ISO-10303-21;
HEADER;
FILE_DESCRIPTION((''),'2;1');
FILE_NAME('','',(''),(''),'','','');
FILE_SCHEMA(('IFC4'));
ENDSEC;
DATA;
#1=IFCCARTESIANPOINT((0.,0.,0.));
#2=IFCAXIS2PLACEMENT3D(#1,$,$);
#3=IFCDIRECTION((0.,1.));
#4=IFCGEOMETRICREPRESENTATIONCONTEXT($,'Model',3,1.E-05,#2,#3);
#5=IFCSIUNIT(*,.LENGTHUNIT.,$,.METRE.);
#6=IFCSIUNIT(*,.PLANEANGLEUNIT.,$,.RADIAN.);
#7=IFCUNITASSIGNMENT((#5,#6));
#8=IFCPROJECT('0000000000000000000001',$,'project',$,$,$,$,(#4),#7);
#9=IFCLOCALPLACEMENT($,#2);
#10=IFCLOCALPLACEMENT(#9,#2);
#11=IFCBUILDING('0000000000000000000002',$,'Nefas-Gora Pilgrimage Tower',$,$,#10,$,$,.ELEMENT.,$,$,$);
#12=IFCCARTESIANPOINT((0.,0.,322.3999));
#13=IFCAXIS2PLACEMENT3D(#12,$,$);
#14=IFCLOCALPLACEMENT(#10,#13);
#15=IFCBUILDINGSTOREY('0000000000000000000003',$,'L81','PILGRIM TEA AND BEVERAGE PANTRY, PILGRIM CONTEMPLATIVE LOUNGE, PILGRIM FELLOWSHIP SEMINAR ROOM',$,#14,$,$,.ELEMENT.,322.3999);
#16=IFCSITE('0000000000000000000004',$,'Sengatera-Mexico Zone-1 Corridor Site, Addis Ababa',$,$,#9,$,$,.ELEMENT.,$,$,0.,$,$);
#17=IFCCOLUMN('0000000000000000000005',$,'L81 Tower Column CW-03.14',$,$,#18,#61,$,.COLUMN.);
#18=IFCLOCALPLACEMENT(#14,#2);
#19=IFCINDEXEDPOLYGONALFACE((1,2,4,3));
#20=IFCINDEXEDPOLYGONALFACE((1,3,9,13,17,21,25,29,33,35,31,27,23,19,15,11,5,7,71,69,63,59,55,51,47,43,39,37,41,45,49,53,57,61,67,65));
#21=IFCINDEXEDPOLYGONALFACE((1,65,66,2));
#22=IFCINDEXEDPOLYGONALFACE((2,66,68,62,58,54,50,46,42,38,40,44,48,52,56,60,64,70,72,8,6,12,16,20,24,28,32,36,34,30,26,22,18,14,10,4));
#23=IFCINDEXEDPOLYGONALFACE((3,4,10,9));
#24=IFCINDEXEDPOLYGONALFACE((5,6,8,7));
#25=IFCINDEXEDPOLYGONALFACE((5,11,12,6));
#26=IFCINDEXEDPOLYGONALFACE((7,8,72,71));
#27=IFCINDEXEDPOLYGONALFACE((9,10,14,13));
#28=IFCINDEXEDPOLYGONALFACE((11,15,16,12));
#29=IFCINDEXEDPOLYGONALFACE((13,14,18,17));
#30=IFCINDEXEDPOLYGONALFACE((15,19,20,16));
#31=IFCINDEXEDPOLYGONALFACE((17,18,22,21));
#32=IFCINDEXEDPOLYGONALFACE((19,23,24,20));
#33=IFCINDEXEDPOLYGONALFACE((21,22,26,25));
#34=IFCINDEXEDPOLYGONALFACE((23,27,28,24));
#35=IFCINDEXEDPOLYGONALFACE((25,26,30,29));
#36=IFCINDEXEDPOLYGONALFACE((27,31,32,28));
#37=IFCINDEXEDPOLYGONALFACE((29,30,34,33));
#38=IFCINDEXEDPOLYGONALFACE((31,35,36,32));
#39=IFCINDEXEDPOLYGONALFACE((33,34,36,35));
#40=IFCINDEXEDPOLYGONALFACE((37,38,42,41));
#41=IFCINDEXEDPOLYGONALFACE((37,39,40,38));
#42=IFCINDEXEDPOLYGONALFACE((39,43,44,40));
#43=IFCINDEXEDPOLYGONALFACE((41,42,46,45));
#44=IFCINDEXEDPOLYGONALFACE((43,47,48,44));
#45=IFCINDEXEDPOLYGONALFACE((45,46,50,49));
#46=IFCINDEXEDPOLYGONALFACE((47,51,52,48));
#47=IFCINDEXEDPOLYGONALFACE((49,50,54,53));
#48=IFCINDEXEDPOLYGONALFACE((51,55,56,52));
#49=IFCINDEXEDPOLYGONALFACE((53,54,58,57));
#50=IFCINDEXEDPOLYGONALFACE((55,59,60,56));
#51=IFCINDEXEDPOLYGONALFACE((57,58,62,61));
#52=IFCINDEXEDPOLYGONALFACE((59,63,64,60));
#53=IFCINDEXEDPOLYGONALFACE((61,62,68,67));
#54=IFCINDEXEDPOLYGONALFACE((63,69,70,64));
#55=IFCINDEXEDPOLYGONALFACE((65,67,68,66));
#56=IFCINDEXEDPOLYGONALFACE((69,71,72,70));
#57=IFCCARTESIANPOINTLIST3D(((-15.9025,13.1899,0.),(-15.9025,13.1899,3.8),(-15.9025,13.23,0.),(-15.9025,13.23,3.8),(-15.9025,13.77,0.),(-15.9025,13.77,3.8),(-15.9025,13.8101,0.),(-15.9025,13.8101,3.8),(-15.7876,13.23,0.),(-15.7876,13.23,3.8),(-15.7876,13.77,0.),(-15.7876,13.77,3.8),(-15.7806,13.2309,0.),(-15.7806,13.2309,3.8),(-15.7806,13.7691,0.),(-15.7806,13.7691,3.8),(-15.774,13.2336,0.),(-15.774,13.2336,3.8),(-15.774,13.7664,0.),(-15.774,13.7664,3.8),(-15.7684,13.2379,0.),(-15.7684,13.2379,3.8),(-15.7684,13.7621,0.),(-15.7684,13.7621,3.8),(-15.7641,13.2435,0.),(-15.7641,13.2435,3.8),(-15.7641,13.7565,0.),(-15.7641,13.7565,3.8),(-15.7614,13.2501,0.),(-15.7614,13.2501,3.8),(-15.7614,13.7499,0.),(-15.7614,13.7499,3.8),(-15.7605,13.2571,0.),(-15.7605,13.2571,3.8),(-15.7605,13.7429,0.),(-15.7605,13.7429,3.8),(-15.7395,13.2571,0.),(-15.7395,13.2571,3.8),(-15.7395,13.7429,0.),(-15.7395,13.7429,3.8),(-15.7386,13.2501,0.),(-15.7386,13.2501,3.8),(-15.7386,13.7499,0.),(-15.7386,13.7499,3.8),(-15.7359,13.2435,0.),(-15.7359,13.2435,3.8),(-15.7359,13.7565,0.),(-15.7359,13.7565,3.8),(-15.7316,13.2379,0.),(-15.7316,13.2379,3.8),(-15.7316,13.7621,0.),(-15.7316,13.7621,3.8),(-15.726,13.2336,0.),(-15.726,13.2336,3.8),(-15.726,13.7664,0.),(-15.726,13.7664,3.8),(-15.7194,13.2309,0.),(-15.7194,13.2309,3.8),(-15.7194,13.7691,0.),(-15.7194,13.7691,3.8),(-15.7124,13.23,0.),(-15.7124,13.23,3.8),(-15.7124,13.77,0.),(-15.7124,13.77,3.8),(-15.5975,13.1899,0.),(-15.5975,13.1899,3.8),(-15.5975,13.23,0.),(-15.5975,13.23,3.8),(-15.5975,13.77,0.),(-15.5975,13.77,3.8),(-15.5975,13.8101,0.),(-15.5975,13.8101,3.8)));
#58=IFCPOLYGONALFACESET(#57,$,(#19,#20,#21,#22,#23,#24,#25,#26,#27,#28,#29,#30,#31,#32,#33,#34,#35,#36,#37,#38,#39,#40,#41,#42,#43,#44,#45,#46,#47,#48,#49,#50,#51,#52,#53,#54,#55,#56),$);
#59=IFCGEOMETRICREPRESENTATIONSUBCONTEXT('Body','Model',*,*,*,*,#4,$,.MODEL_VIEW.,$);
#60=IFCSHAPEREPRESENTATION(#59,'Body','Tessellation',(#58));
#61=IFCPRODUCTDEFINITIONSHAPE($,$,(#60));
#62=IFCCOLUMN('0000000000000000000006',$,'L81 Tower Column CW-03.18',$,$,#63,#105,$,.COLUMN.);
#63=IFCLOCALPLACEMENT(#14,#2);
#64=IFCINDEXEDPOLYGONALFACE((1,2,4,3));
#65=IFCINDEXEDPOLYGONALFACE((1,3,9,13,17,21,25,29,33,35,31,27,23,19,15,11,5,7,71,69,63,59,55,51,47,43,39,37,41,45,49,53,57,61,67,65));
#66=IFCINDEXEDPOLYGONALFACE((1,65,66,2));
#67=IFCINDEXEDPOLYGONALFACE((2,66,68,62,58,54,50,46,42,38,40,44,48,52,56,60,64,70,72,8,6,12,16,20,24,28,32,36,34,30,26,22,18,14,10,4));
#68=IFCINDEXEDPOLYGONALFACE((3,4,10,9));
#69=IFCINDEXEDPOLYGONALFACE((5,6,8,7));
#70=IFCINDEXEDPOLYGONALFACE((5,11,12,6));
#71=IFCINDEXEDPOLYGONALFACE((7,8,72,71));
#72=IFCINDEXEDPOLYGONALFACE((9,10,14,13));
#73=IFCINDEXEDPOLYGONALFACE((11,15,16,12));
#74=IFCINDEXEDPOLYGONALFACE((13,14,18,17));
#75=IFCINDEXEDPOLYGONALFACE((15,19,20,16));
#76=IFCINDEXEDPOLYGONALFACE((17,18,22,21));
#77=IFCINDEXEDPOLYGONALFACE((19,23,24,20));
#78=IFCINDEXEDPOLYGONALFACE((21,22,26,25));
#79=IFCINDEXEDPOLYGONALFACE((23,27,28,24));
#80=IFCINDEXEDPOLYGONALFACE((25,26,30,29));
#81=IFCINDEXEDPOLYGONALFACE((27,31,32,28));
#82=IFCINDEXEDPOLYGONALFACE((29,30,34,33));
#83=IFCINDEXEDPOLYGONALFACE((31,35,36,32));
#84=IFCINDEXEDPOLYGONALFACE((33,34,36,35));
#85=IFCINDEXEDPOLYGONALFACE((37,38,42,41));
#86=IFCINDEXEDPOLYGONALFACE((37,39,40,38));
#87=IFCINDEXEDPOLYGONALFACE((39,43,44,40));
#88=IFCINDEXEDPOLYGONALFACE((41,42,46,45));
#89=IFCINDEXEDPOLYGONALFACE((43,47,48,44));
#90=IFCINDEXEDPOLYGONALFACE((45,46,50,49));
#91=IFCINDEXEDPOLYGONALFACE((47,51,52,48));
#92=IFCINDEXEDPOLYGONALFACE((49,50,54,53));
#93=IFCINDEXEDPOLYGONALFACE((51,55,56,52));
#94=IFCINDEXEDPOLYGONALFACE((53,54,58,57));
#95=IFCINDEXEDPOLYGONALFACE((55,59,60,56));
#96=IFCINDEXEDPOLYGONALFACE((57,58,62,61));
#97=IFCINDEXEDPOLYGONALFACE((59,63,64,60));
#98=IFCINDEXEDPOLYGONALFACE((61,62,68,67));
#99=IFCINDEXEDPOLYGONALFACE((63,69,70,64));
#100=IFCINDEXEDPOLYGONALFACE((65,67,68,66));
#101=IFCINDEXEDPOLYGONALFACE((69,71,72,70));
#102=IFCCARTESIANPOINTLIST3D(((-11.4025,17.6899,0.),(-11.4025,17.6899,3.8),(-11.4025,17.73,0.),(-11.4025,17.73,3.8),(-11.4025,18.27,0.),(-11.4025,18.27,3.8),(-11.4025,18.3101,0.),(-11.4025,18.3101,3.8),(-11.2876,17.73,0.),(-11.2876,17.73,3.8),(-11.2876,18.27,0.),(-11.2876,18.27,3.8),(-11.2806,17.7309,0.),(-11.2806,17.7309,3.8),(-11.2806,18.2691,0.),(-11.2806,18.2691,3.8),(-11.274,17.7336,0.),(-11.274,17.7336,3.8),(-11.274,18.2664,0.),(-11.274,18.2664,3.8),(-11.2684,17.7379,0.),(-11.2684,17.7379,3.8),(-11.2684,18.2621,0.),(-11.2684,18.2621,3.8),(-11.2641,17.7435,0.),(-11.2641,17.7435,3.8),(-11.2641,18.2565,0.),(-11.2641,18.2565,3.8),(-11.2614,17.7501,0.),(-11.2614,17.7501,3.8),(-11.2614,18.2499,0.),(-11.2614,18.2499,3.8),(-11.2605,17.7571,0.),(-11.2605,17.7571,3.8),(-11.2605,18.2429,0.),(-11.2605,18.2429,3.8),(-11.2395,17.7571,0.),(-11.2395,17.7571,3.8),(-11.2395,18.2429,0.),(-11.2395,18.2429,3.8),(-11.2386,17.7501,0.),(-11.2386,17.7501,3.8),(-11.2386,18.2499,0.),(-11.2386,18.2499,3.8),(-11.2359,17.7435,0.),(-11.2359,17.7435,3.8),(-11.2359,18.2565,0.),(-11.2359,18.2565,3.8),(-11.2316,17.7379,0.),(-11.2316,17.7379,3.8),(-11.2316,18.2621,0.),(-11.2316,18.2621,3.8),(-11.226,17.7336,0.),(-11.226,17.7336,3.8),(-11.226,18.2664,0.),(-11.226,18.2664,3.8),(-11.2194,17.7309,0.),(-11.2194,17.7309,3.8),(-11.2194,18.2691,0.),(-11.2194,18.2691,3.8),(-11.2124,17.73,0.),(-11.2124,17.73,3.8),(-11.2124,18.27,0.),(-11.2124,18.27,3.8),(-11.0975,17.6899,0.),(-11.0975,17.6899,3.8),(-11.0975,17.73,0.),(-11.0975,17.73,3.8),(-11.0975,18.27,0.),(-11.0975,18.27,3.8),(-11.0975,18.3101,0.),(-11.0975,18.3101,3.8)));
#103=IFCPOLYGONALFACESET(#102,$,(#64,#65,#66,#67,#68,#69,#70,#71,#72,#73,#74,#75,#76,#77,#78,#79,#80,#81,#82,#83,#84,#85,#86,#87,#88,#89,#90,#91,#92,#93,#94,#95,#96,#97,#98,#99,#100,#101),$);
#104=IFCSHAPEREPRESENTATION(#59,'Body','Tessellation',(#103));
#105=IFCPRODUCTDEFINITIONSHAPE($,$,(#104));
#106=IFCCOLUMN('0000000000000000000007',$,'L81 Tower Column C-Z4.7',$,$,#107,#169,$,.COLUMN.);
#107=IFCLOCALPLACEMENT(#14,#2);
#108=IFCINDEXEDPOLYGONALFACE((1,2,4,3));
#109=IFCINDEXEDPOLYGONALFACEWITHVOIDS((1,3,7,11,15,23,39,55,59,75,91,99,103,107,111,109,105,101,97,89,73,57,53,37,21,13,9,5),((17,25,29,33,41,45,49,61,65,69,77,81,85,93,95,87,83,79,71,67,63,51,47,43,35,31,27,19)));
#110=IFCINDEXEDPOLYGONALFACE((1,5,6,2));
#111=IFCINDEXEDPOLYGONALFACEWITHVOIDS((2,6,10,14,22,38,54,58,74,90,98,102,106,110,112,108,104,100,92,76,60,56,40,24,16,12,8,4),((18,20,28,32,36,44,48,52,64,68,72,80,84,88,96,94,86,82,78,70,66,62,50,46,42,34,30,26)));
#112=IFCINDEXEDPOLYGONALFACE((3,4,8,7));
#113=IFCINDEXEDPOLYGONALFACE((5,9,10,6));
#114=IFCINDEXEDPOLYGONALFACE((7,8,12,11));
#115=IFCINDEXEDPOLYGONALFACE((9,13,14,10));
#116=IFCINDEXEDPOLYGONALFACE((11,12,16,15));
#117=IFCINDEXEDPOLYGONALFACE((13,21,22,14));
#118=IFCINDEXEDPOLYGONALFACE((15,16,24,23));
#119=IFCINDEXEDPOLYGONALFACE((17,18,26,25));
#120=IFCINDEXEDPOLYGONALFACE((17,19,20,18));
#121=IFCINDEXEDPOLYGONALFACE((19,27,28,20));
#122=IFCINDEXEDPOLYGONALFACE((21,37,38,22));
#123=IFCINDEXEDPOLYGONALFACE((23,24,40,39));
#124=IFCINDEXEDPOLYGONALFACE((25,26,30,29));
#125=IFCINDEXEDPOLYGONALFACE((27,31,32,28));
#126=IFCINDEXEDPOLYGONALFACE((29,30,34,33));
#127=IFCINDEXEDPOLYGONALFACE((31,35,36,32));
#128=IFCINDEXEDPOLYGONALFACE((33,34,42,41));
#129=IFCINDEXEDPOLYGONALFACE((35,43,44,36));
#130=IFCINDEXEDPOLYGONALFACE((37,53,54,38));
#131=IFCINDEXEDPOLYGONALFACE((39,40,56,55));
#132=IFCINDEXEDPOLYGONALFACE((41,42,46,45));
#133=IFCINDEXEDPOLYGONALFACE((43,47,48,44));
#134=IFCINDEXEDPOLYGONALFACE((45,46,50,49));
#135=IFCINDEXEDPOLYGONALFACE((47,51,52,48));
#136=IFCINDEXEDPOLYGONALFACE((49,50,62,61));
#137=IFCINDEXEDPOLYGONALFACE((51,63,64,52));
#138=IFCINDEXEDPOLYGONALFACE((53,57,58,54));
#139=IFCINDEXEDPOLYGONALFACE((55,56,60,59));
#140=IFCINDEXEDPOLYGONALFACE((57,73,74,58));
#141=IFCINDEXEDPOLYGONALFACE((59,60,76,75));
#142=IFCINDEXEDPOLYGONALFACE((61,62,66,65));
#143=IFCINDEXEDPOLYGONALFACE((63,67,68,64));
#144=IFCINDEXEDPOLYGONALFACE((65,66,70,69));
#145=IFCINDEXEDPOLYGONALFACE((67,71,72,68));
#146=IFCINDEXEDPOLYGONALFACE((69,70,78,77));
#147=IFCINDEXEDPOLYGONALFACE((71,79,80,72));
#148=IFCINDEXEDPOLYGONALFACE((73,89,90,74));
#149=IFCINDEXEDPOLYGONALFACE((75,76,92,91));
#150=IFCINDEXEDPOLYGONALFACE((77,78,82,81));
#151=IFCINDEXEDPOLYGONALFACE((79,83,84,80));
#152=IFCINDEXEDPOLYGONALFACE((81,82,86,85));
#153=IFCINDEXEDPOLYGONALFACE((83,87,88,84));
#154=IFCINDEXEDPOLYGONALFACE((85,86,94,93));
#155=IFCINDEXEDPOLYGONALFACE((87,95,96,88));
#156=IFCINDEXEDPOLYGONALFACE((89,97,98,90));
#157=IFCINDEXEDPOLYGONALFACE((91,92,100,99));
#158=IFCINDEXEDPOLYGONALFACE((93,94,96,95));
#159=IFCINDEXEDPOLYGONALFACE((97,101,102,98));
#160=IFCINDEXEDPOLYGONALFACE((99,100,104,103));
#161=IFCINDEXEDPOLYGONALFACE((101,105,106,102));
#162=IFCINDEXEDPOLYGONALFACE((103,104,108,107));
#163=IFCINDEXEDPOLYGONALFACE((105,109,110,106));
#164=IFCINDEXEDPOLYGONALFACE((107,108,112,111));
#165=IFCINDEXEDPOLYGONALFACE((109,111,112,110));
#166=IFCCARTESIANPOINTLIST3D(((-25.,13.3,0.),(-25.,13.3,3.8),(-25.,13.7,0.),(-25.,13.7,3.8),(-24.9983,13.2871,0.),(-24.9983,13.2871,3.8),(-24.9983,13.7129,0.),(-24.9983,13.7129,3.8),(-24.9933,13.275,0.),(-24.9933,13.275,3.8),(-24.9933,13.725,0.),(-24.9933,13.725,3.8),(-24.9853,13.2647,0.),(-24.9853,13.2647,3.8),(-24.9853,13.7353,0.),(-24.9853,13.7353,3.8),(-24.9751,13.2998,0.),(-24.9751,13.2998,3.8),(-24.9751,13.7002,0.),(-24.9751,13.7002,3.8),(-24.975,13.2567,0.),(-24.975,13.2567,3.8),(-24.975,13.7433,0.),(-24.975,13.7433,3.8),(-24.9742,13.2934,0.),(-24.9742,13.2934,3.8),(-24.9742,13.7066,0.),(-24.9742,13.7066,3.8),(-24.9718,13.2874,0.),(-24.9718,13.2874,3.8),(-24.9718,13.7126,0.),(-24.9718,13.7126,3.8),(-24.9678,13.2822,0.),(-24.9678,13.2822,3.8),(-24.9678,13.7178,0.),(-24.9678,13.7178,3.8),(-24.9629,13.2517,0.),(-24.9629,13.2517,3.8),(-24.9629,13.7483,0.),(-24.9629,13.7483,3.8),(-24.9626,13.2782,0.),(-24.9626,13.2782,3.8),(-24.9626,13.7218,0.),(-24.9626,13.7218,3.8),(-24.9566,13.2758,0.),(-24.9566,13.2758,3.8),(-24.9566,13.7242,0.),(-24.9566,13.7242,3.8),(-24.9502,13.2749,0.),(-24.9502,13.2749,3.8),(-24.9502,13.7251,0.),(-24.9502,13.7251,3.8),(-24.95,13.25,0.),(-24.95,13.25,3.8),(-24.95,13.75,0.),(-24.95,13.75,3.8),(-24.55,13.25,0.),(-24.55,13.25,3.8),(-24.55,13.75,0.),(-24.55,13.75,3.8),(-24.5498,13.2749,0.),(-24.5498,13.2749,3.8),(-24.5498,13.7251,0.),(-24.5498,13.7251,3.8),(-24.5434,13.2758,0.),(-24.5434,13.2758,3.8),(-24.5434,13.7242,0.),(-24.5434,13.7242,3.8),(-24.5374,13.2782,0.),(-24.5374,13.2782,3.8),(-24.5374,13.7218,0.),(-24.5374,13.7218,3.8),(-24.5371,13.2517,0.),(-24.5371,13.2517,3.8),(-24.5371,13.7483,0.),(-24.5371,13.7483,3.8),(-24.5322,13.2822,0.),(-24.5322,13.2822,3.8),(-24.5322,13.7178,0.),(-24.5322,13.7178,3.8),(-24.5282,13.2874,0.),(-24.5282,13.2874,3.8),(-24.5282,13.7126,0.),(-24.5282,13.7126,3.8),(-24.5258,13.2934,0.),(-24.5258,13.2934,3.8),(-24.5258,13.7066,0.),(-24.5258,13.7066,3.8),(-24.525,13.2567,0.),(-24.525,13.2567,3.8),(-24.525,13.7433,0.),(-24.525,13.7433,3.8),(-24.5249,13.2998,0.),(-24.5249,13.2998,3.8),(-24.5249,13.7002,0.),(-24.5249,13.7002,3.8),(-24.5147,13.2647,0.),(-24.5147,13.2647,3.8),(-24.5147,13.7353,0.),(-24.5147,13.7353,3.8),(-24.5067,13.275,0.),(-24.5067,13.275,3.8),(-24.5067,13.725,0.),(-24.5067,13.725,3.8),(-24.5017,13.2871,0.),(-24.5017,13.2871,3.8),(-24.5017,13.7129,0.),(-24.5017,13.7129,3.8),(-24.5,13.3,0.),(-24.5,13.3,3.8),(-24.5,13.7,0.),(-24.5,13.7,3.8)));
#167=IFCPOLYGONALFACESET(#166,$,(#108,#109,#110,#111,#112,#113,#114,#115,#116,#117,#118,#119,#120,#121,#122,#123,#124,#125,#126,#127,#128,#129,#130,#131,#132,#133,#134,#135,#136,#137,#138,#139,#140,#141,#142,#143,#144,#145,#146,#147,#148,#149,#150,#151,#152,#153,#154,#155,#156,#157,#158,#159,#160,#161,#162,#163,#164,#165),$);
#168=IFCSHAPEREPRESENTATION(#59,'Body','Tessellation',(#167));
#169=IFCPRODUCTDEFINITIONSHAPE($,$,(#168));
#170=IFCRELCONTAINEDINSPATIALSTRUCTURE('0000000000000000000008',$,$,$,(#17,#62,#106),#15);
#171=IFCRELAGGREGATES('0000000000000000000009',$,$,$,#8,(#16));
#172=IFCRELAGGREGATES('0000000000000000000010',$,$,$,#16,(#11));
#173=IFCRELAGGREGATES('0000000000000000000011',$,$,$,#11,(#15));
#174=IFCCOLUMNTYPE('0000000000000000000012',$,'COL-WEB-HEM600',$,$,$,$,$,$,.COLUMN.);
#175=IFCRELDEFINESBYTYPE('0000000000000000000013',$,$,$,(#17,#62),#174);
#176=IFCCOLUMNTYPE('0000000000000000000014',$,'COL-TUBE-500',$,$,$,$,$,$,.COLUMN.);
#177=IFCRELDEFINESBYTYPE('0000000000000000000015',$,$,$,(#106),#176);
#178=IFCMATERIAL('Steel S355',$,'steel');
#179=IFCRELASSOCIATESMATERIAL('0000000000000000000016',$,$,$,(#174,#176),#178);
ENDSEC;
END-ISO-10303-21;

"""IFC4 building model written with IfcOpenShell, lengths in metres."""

from ifc_helpers import new_model, si_unit, direction, frame, origin, origin_2d, place, context, subcontext, project, spatial, hollow_rectangle, i_section, extrude, source, transform, mapped, material, material_profile, profile_set, type_object, element, save


model = new_model("IFC4")

# Units and contexts
model_context = context("Model", 3, precision=1e-05, world=origin(), true_north=direction((0.0, 1.0)))
body_context = subcontext(model_context, "Body", "Model", "MODEL_VIEW")
ifc_project = project(units=[si_unit("LENGTHUNIT", "METRE"), si_unit("PLANEANGLEUNIT", "RADIAN")], contexts=[model_context])

# Site, building, storey
site_placement = place(None, origin())
site = spatial("IfcSite", under=ifc_project, at=site_placement, Name="Sengatera-Mexico Zone-1 Corridor Site, Addis Ababa", CompositionType="ELEMENT", RefElevation=0.0)
building_placement = place(site_placement, origin())
building = spatial("IfcBuilding", under=site, at=building_placement, Name="Nefas-Gora Pilgrimage Tower", CompositionType="ELEMENT")
storey_placement = place(building_placement, frame((0.0, 0.0, 322.3999)))
storey = spatial("IfcBuildingStorey", under=building, at=storey_placement, Name="L81", Description="PILGRIM TEA AND BEVERAGE PANTRY, PILGRIM CONTEMPLATIVE LOUNGE, PILGRIM FELLOWSHIP SEMINAR ROOM", CompositionType="ELEMENT", Elevation=322.3999)

# Columns
ifc_material_1 = material(Name="Steel S355", Category="steel")
ifc_material_profile_1 = material_profile(ifc_material_1, i_section(OverallWidth=0.3049, OverallDepth=0.6201, WebThickness=0.021, FlangeThickness=0.04, FilletRadius=0.0271, at=origin_2d()), Name="HEM 600")
ifc_profile_set_1 = profile_set([ifc_material_profile_1], Name="Steel S355")
column_type_1 = type_object("IfcColumnType", Name="COL-WEB-HEM600", PredefinedType="COLUMN", material=ifc_profile_set_1)
shared_shape_1 = source(origin(), body_context, "Body", "SweptSolid", [
    extrude(i_section(OverallWidth=0.3049, OverallDepth=0.6201, WebThickness=0.021, FlangeThickness=0.04, FilletRadius=0.0271, at=origin_2d()), origin(), (0.0, 0.0, 1.0), 3.8),
])
for number, where, z_axis, x_axis, name in (
    (1, (-15.75, 13.5, 0.0), (0.0, 0.0, 1.0), (1.0, 0.0, 0.0), "L81 Tower Column CW-03.14"),
    (2, (-11.25, 18.0, 0.0), (0.0, 0.0, 1.0), (1.0, 0.0, 0.0), "L81 Tower Column CW-03.18"),
):
    element("IfcColumn", number, at=place(storey_placement, frame(where, z_axis=z_axis, x_axis=x_axis)), inside=storey, type_object=column_type_1, Name=name, PredefinedType="COLUMN", context=body_context, shape_type="MappedRepresentation", body=[
        mapped(shared_shape_1, transform((0.0, 0.0, 0.0), x_axis=(1.0, 0.0, 0.0), y_axis=(0.0, 1.0, 0.0), z_axis=(0.0, 0.0, 1.0), scale=1.0)),
    ])
ifc_material_profile_2 = material_profile(ifc_material_1, hollow_rectangle(XDim=0.5, YDim=0.5, WallThickness=0.0249, InnerFilletRadius=0.0249, OuterFilletRadius=0.05, at=origin_2d()), Name="SHS 500x500x25")
ifc_profile_set_2 = profile_set([ifc_material_profile_2], Name="Steel S355")
column_type_2 = type_object("IfcColumnType", Name="COL-TUBE-500", PredefinedType="COLUMN", material=ifc_profile_set_2)
shared_shape_2 = source(origin(), body_context, "Body", "SweptSolid", [
    extrude(hollow_rectangle(XDim=0.5, YDim=0.5, WallThickness=0.0249, InnerFilletRadius=0.0249, OuterFilletRadius=0.05, at=origin_2d()), origin(), (0.0, 0.0, 1.0), 3.8),
])
column_placement = place(storey_placement, frame((-24.75, 13.5, 0.0), z_axis=(0.0, 0.0, 1.0), x_axis=(1.0, 0.0, 0.0)))
element("IfcColumn", 3, at=column_placement, inside=storey, type_object=column_type_2, Name="L81 Tower Column C-Z4.7", PredefinedType="COLUMN", context=body_context, shape_type="MappedRepresentation", body=[
    mapped(shared_shape_2, transform((0.0, 0.0, 0.0), x_axis=(1.0, 0.0, 0.0), y_axis=(0.0, 1.0, 0.0), z_axis=(0.0, 0.0, 1.0), scale=1.0)),
])

save(model, "model.ifc")
